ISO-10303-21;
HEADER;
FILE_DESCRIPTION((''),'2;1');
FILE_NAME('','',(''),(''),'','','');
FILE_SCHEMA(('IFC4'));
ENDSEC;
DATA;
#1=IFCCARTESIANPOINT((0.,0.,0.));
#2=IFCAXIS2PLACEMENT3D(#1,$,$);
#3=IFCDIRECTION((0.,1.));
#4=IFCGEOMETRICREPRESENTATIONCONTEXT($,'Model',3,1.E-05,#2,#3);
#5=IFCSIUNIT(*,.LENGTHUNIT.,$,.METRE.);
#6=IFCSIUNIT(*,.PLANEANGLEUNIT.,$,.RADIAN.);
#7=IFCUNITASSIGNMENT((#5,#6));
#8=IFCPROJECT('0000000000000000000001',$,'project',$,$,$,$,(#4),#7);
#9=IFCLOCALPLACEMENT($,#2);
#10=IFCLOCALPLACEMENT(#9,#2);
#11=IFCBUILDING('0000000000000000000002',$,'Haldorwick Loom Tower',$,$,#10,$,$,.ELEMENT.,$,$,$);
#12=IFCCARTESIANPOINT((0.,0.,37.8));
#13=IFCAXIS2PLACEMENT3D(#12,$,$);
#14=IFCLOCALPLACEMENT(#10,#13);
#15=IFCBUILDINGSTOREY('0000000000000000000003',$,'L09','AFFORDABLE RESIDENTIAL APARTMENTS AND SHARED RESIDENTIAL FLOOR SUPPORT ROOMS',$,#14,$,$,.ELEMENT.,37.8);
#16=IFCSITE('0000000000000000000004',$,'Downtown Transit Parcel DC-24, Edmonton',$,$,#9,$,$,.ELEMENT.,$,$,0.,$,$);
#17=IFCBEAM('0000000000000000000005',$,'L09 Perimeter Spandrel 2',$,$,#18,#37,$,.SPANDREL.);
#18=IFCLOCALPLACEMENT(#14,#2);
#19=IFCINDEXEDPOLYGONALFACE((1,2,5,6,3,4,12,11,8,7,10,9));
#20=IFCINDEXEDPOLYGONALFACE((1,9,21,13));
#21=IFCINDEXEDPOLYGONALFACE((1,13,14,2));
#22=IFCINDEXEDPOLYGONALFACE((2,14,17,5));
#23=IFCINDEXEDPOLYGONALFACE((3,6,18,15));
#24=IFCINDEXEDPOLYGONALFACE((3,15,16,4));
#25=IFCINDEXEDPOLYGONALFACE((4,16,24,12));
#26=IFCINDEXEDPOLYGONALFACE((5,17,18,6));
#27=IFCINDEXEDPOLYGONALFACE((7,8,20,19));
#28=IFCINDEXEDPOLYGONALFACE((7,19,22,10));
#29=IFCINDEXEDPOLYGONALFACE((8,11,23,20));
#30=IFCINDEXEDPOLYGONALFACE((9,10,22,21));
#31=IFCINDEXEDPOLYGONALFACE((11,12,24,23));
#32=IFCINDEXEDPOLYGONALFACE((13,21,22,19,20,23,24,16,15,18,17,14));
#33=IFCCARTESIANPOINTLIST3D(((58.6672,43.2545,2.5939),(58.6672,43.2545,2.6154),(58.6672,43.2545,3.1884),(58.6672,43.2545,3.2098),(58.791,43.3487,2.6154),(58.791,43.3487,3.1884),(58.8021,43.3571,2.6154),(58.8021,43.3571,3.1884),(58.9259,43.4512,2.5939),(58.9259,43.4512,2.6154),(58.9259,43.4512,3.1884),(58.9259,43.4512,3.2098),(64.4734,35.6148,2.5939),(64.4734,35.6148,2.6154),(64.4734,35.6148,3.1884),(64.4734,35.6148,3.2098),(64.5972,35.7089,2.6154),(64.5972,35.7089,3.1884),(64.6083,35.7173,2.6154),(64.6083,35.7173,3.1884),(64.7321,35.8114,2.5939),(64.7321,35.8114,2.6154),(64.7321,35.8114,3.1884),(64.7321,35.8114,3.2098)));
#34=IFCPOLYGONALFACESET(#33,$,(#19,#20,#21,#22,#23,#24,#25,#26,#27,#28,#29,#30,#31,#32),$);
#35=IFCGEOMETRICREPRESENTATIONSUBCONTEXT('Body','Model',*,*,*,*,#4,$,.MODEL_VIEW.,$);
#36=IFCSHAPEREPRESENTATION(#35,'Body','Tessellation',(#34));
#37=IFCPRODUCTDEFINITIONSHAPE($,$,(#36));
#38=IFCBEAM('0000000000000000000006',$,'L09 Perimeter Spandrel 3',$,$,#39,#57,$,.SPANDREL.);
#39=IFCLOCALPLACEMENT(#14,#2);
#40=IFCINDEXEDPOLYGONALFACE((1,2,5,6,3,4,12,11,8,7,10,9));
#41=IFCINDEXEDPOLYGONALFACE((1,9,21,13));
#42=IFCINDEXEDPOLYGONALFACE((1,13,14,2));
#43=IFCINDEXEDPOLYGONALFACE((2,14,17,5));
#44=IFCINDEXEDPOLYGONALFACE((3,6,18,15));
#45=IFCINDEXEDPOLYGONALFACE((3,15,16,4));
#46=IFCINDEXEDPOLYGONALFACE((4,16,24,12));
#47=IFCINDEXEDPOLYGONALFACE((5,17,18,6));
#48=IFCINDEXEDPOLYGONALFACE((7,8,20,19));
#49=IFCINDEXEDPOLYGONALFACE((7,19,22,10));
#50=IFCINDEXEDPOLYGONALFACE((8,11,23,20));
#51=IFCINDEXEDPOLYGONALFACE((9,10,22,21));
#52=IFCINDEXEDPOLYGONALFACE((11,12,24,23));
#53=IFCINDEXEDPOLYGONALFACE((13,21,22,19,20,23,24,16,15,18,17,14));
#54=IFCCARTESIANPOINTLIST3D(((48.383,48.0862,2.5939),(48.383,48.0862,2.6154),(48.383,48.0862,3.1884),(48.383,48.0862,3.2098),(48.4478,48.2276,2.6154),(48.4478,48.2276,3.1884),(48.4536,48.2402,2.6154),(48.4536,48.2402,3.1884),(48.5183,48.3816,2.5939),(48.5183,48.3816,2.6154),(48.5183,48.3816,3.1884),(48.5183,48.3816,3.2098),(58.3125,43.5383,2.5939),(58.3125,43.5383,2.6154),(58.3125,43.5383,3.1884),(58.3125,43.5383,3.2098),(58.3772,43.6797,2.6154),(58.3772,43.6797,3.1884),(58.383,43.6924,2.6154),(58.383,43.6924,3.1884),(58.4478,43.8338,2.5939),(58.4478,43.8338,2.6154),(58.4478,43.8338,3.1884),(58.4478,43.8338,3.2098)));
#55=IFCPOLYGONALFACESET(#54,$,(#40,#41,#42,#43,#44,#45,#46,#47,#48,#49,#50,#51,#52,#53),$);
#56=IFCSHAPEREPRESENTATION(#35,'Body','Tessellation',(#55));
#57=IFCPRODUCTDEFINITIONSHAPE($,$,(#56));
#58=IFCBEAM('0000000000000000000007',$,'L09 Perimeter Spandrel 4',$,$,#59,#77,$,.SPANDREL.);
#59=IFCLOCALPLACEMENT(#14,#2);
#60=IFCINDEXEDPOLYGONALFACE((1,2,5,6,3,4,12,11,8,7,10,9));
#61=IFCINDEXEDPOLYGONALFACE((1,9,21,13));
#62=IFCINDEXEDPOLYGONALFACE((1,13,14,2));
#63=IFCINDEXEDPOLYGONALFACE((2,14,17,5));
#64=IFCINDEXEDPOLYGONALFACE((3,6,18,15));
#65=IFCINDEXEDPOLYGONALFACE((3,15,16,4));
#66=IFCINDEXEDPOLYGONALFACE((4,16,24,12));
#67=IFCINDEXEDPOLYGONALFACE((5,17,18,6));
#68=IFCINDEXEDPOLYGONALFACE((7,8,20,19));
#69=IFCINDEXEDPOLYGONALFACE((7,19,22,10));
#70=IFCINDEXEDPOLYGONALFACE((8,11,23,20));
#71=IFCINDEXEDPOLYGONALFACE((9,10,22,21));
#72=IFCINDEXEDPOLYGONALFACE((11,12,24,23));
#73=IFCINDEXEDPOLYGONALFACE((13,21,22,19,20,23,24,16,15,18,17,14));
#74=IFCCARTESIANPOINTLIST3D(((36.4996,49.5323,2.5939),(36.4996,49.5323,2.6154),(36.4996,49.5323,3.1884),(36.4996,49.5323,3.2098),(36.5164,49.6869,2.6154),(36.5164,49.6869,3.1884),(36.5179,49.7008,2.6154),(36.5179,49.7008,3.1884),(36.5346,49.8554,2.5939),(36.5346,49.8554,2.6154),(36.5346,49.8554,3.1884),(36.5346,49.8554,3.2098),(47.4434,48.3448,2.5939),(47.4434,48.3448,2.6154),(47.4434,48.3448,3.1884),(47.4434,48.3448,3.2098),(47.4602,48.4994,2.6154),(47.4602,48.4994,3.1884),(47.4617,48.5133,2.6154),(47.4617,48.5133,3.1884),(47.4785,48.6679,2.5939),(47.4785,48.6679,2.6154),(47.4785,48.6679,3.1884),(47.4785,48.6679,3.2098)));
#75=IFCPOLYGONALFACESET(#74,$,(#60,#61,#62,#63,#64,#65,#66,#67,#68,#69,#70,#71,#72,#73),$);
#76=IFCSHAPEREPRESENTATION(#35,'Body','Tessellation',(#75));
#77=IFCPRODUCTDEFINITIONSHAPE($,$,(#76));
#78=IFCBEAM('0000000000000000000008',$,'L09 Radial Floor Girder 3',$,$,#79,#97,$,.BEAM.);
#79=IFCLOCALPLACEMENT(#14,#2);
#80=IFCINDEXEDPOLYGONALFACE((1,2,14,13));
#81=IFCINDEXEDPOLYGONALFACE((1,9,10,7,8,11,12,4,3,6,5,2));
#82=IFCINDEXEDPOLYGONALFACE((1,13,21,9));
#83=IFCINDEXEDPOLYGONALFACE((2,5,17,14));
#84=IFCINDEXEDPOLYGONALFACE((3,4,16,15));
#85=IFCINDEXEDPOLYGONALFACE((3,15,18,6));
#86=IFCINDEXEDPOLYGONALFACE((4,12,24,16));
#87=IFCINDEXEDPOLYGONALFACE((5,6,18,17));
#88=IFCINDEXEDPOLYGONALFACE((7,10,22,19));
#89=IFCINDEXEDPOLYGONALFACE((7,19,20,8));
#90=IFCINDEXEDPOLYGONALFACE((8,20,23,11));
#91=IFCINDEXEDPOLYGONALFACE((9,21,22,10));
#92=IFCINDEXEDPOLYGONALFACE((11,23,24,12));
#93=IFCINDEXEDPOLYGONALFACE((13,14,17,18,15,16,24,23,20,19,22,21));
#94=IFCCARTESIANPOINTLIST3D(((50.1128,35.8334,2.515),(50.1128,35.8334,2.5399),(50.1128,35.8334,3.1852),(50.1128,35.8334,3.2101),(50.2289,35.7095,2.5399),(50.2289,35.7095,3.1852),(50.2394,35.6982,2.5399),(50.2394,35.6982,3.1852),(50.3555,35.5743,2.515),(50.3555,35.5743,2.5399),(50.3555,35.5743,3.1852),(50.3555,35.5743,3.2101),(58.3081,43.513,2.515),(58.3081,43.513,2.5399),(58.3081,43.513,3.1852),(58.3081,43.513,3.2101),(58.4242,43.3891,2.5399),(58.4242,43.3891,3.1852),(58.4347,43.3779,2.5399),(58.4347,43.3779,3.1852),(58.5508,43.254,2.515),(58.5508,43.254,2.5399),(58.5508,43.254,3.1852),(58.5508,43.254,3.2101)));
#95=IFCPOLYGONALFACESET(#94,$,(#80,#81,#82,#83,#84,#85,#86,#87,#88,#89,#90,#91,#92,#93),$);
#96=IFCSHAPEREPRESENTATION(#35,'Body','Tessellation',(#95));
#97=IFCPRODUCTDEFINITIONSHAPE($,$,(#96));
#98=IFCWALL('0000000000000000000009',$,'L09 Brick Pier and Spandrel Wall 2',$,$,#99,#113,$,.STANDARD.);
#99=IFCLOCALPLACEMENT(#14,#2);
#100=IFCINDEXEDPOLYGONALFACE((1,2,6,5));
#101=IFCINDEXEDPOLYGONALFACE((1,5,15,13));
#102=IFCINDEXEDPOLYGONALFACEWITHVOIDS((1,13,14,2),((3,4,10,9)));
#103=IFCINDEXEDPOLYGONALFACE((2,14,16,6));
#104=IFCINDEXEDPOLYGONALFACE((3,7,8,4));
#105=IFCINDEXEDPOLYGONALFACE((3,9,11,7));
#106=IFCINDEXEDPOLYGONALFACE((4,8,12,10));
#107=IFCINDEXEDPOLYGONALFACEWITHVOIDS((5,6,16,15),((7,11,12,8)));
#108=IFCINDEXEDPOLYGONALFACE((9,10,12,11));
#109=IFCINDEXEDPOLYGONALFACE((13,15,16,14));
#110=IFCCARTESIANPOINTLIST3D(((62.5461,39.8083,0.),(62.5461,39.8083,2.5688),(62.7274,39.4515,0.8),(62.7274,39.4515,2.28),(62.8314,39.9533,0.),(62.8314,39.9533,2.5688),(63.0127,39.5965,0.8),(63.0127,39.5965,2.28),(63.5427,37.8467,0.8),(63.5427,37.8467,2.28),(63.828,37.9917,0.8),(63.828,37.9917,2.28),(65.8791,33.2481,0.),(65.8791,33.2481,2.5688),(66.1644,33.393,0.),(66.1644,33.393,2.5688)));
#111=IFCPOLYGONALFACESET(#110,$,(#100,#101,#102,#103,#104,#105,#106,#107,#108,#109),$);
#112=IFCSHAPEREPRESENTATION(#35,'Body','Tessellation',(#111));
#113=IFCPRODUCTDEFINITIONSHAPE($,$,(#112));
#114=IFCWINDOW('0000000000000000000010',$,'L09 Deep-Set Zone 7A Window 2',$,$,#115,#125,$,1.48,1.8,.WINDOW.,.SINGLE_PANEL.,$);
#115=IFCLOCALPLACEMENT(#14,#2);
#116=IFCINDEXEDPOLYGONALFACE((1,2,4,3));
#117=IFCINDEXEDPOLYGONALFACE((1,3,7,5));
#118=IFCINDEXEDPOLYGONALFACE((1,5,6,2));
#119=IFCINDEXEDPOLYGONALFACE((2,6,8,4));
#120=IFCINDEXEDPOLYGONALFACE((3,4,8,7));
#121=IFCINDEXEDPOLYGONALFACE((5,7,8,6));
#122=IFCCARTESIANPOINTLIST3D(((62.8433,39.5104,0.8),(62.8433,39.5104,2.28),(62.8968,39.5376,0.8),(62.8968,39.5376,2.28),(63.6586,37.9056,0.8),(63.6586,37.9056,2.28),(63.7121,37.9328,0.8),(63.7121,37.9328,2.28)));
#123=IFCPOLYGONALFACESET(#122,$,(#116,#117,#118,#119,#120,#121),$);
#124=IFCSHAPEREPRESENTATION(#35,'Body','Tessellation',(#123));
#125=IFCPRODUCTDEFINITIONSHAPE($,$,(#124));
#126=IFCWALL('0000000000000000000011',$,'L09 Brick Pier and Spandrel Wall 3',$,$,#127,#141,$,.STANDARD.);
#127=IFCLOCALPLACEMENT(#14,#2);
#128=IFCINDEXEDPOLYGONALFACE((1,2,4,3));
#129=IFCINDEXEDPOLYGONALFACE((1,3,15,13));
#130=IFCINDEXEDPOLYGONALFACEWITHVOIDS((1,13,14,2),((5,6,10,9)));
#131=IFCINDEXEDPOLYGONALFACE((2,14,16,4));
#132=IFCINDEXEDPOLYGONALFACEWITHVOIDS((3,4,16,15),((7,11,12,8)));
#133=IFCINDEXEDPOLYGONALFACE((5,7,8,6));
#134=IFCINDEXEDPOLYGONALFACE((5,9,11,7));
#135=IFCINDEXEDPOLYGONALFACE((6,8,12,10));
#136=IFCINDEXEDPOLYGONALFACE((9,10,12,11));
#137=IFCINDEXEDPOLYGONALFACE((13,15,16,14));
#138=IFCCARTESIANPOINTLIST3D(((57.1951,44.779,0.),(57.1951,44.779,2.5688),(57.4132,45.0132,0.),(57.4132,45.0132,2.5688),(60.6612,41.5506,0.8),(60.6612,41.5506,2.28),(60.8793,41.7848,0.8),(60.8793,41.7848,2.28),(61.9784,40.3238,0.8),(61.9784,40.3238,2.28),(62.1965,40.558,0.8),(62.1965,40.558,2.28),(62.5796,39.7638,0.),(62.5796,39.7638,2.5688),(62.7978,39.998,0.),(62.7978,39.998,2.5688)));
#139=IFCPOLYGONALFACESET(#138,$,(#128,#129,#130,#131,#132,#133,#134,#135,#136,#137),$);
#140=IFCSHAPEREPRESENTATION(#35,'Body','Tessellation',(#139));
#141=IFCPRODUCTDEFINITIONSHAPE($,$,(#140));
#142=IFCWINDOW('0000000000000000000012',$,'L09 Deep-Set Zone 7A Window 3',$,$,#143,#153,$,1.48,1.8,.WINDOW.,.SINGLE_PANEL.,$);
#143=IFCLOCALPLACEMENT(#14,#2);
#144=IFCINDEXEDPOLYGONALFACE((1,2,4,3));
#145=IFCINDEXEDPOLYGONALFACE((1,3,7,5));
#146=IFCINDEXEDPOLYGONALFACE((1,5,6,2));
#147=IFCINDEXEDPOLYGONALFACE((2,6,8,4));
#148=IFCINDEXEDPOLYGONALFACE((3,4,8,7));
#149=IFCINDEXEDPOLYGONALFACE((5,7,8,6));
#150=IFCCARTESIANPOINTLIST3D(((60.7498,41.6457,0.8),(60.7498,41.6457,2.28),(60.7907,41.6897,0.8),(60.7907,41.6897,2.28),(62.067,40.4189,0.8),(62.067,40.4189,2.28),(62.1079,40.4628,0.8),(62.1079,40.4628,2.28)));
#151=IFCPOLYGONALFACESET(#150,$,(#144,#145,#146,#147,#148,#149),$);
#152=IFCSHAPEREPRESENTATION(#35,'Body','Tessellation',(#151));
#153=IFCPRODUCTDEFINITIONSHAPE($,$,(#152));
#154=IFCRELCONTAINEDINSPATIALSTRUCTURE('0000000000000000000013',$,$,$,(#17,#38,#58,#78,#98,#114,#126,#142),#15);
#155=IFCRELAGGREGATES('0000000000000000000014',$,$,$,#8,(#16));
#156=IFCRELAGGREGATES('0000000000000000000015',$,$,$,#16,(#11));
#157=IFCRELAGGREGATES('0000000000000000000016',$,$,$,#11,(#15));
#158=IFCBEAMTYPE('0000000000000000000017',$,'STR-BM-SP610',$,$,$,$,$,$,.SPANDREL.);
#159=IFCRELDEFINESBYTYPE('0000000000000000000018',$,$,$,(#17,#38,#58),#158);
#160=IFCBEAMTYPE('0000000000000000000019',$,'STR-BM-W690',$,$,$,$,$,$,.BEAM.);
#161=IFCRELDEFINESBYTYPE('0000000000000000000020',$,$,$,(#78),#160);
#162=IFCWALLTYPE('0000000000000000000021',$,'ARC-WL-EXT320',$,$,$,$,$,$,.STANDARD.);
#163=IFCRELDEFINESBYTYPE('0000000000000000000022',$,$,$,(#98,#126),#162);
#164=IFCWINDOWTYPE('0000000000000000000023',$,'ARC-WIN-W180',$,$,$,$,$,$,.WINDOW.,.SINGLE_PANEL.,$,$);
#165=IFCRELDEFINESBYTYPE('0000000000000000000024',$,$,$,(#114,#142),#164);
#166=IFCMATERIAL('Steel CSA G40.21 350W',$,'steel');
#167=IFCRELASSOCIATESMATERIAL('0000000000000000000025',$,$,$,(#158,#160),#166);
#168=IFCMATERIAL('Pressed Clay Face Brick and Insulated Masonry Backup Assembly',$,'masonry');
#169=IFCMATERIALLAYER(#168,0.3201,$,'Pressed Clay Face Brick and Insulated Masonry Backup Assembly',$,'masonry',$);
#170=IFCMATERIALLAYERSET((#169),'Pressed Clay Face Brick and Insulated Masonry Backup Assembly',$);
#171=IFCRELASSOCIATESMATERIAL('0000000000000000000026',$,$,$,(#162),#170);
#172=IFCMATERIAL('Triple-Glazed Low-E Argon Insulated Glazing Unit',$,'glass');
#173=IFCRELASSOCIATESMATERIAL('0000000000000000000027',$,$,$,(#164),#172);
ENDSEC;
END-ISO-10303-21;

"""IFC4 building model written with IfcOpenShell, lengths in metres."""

from ifc_helpers import new_model, si_unit, direction, frame, frame_2d, origin, origin_2d, place, context, subcontext, project, spatial, rectangle, i_section, extrude, material, layer, layer_set, material_profile, profile_set, type_object, element, fill, save


model = new_model("IFC4")

# Units and contexts
model_context = context("Model", 3, precision=1e-05, world=origin(), true_north=direction((0.0, 1.0)))
body_context = subcontext(model_context, "Body", "Model", "MODEL_VIEW")
ifc_project = project(units=[si_unit("LENGTHUNIT", "METRE"), si_unit("PLANEANGLEUNIT", "RADIAN")], contexts=[model_context])

# Site, building, storey
site_placement = place(None, origin())
site = spatial("IfcSite", under=ifc_project, at=site_placement, Name="Downtown Transit Parcel DC-24, Edmonton", CompositionType="ELEMENT", RefElevation=0.0)
building_placement = place(site_placement, origin())
building = spatial("IfcBuilding", under=site, at=building_placement, Name="Haldorwick Loom Tower", CompositionType="ELEMENT")
storey_placement = place(building_placement, frame((0.0, 0.0, 37.8)))
storey = spatial("IfcBuildingStorey", under=building, at=storey_placement, Name="L09", Description="AFFORDABLE RESIDENTIAL APARTMENTS AND SHARED RESIDENTIAL FLOOR SUPPORT ROOMS", CompositionType="ELEMENT", Elevation=37.8)

# Beams
ifc_material_1 = material(Name="Steel CSA G40.21 350W", Category="steel")
ifc_material_profile_1 = material_profile(ifc_material_1, i_section(OverallWidth=0.325, OverallDepth=0.616, WebThickness=0.0139, FlangeThickness=0.0215, at=origin_2d()), Name="W610X174", Category="steel")
ifc_profile_set_1 = profile_set([ifc_material_profile_1], Name="Steel CSA G40.21 350W")
beam_type_1 = type_object("IfcBeamType", Name="STR-BM-SP610", PredefinedType="SPANDREL", material=ifc_profile_set_1)
beam_1_placement = place(storey_placement, frame((64.6028, 35.7131, 2.9019), z_axis=(-0.605085, 0.796161, 0.0), x_axis=(-0.796161, -0.605085, 0.0)))
element("IfcBeam", 1, at=beam_1_placement, inside=storey, type_object=beam_type_1, Name="L09 Perimeter Spandrel 2", PredefinedType="SPANDREL", context=body_context, shape_type="SweptSolid", body=[
    extrude(i_section(OverallWidth=0.325, OverallDepth=0.616, WebThickness=0.0139, FlangeThickness=0.0215, at=origin_2d()), origin(), (0.0, 0.0, 1.0), 9.5957),
])
beam_2_placement = place(storey_placement, frame((58.3801, 43.686, 2.9019), z_axis=(-0.909174, 0.416417, 0.0), x_axis=(-0.416417, -0.909174, 0.0)))
element("IfcBeam", 2, at=beam_2_placement, inside=storey, type_object=beam_type_1, Name="L09 Perimeter Spandrel 3", PredefinedType="SPANDREL", context=body_context, shape_type="SweptSolid", body=[
    extrude(i_section(OverallWidth=0.325, OverallDepth=0.616, WebThickness=0.0139, FlangeThickness=0.0215, at=origin_2d()), origin(), (0.0, 0.0, 1.0), 10.9214),
])
beam_3_placement = place(storey_placement, frame((47.4609, 48.5063, 2.9019), z_axis=(-0.994164, 0.107875, 0.0), x_axis=(-0.107875, -0.994164, 0.0)))
element("IfcBeam", 3, at=beam_3_placement, inside=storey, type_object=beam_type_1, Name="L09 Perimeter Spandrel 4", PredefinedType="SPANDREL", context=body_context, shape_type="SweptSolid", body=[
    extrude(i_section(OverallWidth=0.325, OverallDepth=0.616, WebThickness=0.0139, FlangeThickness=0.0215, at=origin_2d()), origin(), (0.0, 0.0, 1.0), 11.0081),
])
ifc_material_profile_2 = material_profile(ifc_material_1, i_section(OverallWidth=0.355, OverallDepth=0.6951, WebThickness=0.0154, FlangeThickness=0.0249, at=origin_2d()), Name="W690X217", Category="steel")
ifc_profile_set_2 = profile_set([ifc_material_profile_2], Name="Steel CSA G40.21 350W")
beam_type_2 = type_object("IfcBeamType", Name="STR-BM-W690", PredefinedType="BEAM", material=ifc_profile_set_2)
beam_4_placement = place(storey_placement, frame((50.2341, 35.7039, 2.8625), z_axis=(0.729689, 0.683779, 0.0), x_axis=(-0.683779, 0.729689, 0.0)))
element("IfcBeam", 4, at=beam_4_placement, inside=storey, type_object=beam_type_2, Name="L09 Radial Floor Girder 3", PredefinedType="BEAM", context=body_context, shape_type="SweptSolid", body=[
    extrude(i_section(OverallWidth=0.355, OverallDepth=0.6951, WebThickness=0.0154, FlangeThickness=0.0249, at=origin_2d()), origin(), (0.0, 0.0, 1.0), 11.2312),
])

# Walls, openings, windows
ifc_material_2 = material(Name="Pressed Clay Face Brick and Insulated Masonry Backup Assembly", Category="masonry")
ifc_layer_1 = layer(ifc_material_2, 0.3201, Name="Pressed Clay Face Brick and Insulated Masonry Backup Assembly", Category="masonry")
ifc_layer_set_1 = layer_set([ifc_layer_1], Name="Pressed Clay Face Brick and Insulated Masonry Backup Assembly")
wall_type_1 = type_object("IfcWallType", Name="ARC-WL-EXT320", PredefinedType="STANDARD", material=ifc_layer_set_1)
wall_1_placement = place(storey_placement, frame((66.0217, 33.3206, 0.0), z_axis=(0.0, 0.0, 1.0), x_axis=(-0.452951, 0.891535, 0.0)))
wall_1 = element("IfcWall", 5, at=wall_1_placement, inside=storey, type_object=wall_type_1, Name="L09 Brick Pier and Spandrel Wall 2", PredefinedType="STANDARD", context=body_context, shape_type="SweptSolid", body=[
    extrude(rectangle(XDim=7.3584, YDim=0.3201, at=frame_2d((3.6792, 0.0))), origin(), (0.0, 0.0, 1.0), 2.5688),
])
opening_1_placement = place(wall_1_placement, frame((5.1582, 0.0, 0.8)))
opening_1 = element("IfcOpeningElement", 6, at=opening_1_placement, cuts=wall_1, PredefinedType="OPENING", context=body_context, shape_type="SweptSolid", body=[
    extrude(rectangle(XDim=1.8, YDim=1.48, at=frame_2d((0.8999, 0.74))), frame((0.0, 0.1699, 0.0), z_axis=(0.0, -1.0, 0.0), x_axis=(1.0, 0.0, 0.0)), (0.0, 0.0, 1.0), 0.3401),
])
ifc_material_3 = material(Name="Triple-Glazed Low-E Argon Insulated Glazing Unit", Category="glass")
window_type = type_object("IfcWindowType", Name="ARC-WIN-W180", PartitioningType="SINGLE_PANEL", PredefinedType="WINDOW", material=ifc_material_3)
window_1_placement = place(opening_1_placement, origin())
window_1 = element("IfcWindow", 7, at=window_1_placement, inside=storey, type_object=window_type, Name="L09 Deep-Set Zone 7A Window 2", OverallHeight=1.48, OverallWidth=1.8, PartitioningType="SINGLE_PANEL", PredefinedType="WINDOW", context=body_context, shape_type="SweptSolid", body=[
    extrude(rectangle(XDim=1.8, YDim=1.48, at=frame_2d((0.8999, 0.74))), frame((0.0, 0.03, 0.0), z_axis=(0.0, -1.0, 0.0), x_axis=(1.0, 0.0, 0.0)), (0.0, 0.0, 1.0), 0.0601),
])
fill(opening_1, window_1)
wall_2_placement = place(storey_placement, frame((62.6887, 39.8809, 0.0), z_axis=(0.0, 0.0, 1.0), x_axis=(-0.731761, 0.681561, 0.0)))
wall_2 = element("IfcWall", 8, at=wall_2_placement, inside=storey, type_object=wall_type_1, Name="L09 Brick Pier and Spandrel Wall 3", PredefinedType="STANDARD", context=body_context, shape_type="SweptSolid", body=[
    extrude(rectangle(XDim=7.3584, YDim=0.3201, at=frame_2d((3.6792, 0.0))), origin(), (0.0, 0.0, 1.0), 2.5688),
])
opening_2_placement = place(wall_2_placement, frame((0.8218, 0.0, 0.8)))
opening_2 = element("IfcOpeningElement", 9, at=opening_2_placement, cuts=wall_2, PredefinedType="OPENING", context=body_context, shape_type="SweptSolid", body=[
    extrude(rectangle(XDim=1.8, YDim=1.48, at=frame_2d((0.8999, 0.74))), frame((0.0, 0.1699, 0.0), z_axis=(0.0, -1.0, 0.0), x_axis=(1.0, 0.0, 0.0)), (0.0, 0.0, 1.0), 0.3401),
])
window_2_placement = place(opening_2_placement, origin())
window_2 = element("IfcWindow", 10, at=window_2_placement, inside=storey, type_object=window_type, Name="L09 Deep-Set Zone 7A Window 3", OverallHeight=1.48, OverallWidth=1.8, PartitioningType="SINGLE_PANEL", PredefinedType="WINDOW", context=body_context, shape_type="SweptSolid", body=[
    extrude(rectangle(XDim=1.8, YDim=1.48, at=frame_2d((0.8999, 0.74))), frame((0.0, 0.03, 0.0), z_axis=(0.0, -1.0, 0.0), x_axis=(1.0, 0.0, 0.0)), (0.0, 0.0, 1.0), 0.0601),
])
fill(opening_2, window_2)

save(model, "model.ifc")
